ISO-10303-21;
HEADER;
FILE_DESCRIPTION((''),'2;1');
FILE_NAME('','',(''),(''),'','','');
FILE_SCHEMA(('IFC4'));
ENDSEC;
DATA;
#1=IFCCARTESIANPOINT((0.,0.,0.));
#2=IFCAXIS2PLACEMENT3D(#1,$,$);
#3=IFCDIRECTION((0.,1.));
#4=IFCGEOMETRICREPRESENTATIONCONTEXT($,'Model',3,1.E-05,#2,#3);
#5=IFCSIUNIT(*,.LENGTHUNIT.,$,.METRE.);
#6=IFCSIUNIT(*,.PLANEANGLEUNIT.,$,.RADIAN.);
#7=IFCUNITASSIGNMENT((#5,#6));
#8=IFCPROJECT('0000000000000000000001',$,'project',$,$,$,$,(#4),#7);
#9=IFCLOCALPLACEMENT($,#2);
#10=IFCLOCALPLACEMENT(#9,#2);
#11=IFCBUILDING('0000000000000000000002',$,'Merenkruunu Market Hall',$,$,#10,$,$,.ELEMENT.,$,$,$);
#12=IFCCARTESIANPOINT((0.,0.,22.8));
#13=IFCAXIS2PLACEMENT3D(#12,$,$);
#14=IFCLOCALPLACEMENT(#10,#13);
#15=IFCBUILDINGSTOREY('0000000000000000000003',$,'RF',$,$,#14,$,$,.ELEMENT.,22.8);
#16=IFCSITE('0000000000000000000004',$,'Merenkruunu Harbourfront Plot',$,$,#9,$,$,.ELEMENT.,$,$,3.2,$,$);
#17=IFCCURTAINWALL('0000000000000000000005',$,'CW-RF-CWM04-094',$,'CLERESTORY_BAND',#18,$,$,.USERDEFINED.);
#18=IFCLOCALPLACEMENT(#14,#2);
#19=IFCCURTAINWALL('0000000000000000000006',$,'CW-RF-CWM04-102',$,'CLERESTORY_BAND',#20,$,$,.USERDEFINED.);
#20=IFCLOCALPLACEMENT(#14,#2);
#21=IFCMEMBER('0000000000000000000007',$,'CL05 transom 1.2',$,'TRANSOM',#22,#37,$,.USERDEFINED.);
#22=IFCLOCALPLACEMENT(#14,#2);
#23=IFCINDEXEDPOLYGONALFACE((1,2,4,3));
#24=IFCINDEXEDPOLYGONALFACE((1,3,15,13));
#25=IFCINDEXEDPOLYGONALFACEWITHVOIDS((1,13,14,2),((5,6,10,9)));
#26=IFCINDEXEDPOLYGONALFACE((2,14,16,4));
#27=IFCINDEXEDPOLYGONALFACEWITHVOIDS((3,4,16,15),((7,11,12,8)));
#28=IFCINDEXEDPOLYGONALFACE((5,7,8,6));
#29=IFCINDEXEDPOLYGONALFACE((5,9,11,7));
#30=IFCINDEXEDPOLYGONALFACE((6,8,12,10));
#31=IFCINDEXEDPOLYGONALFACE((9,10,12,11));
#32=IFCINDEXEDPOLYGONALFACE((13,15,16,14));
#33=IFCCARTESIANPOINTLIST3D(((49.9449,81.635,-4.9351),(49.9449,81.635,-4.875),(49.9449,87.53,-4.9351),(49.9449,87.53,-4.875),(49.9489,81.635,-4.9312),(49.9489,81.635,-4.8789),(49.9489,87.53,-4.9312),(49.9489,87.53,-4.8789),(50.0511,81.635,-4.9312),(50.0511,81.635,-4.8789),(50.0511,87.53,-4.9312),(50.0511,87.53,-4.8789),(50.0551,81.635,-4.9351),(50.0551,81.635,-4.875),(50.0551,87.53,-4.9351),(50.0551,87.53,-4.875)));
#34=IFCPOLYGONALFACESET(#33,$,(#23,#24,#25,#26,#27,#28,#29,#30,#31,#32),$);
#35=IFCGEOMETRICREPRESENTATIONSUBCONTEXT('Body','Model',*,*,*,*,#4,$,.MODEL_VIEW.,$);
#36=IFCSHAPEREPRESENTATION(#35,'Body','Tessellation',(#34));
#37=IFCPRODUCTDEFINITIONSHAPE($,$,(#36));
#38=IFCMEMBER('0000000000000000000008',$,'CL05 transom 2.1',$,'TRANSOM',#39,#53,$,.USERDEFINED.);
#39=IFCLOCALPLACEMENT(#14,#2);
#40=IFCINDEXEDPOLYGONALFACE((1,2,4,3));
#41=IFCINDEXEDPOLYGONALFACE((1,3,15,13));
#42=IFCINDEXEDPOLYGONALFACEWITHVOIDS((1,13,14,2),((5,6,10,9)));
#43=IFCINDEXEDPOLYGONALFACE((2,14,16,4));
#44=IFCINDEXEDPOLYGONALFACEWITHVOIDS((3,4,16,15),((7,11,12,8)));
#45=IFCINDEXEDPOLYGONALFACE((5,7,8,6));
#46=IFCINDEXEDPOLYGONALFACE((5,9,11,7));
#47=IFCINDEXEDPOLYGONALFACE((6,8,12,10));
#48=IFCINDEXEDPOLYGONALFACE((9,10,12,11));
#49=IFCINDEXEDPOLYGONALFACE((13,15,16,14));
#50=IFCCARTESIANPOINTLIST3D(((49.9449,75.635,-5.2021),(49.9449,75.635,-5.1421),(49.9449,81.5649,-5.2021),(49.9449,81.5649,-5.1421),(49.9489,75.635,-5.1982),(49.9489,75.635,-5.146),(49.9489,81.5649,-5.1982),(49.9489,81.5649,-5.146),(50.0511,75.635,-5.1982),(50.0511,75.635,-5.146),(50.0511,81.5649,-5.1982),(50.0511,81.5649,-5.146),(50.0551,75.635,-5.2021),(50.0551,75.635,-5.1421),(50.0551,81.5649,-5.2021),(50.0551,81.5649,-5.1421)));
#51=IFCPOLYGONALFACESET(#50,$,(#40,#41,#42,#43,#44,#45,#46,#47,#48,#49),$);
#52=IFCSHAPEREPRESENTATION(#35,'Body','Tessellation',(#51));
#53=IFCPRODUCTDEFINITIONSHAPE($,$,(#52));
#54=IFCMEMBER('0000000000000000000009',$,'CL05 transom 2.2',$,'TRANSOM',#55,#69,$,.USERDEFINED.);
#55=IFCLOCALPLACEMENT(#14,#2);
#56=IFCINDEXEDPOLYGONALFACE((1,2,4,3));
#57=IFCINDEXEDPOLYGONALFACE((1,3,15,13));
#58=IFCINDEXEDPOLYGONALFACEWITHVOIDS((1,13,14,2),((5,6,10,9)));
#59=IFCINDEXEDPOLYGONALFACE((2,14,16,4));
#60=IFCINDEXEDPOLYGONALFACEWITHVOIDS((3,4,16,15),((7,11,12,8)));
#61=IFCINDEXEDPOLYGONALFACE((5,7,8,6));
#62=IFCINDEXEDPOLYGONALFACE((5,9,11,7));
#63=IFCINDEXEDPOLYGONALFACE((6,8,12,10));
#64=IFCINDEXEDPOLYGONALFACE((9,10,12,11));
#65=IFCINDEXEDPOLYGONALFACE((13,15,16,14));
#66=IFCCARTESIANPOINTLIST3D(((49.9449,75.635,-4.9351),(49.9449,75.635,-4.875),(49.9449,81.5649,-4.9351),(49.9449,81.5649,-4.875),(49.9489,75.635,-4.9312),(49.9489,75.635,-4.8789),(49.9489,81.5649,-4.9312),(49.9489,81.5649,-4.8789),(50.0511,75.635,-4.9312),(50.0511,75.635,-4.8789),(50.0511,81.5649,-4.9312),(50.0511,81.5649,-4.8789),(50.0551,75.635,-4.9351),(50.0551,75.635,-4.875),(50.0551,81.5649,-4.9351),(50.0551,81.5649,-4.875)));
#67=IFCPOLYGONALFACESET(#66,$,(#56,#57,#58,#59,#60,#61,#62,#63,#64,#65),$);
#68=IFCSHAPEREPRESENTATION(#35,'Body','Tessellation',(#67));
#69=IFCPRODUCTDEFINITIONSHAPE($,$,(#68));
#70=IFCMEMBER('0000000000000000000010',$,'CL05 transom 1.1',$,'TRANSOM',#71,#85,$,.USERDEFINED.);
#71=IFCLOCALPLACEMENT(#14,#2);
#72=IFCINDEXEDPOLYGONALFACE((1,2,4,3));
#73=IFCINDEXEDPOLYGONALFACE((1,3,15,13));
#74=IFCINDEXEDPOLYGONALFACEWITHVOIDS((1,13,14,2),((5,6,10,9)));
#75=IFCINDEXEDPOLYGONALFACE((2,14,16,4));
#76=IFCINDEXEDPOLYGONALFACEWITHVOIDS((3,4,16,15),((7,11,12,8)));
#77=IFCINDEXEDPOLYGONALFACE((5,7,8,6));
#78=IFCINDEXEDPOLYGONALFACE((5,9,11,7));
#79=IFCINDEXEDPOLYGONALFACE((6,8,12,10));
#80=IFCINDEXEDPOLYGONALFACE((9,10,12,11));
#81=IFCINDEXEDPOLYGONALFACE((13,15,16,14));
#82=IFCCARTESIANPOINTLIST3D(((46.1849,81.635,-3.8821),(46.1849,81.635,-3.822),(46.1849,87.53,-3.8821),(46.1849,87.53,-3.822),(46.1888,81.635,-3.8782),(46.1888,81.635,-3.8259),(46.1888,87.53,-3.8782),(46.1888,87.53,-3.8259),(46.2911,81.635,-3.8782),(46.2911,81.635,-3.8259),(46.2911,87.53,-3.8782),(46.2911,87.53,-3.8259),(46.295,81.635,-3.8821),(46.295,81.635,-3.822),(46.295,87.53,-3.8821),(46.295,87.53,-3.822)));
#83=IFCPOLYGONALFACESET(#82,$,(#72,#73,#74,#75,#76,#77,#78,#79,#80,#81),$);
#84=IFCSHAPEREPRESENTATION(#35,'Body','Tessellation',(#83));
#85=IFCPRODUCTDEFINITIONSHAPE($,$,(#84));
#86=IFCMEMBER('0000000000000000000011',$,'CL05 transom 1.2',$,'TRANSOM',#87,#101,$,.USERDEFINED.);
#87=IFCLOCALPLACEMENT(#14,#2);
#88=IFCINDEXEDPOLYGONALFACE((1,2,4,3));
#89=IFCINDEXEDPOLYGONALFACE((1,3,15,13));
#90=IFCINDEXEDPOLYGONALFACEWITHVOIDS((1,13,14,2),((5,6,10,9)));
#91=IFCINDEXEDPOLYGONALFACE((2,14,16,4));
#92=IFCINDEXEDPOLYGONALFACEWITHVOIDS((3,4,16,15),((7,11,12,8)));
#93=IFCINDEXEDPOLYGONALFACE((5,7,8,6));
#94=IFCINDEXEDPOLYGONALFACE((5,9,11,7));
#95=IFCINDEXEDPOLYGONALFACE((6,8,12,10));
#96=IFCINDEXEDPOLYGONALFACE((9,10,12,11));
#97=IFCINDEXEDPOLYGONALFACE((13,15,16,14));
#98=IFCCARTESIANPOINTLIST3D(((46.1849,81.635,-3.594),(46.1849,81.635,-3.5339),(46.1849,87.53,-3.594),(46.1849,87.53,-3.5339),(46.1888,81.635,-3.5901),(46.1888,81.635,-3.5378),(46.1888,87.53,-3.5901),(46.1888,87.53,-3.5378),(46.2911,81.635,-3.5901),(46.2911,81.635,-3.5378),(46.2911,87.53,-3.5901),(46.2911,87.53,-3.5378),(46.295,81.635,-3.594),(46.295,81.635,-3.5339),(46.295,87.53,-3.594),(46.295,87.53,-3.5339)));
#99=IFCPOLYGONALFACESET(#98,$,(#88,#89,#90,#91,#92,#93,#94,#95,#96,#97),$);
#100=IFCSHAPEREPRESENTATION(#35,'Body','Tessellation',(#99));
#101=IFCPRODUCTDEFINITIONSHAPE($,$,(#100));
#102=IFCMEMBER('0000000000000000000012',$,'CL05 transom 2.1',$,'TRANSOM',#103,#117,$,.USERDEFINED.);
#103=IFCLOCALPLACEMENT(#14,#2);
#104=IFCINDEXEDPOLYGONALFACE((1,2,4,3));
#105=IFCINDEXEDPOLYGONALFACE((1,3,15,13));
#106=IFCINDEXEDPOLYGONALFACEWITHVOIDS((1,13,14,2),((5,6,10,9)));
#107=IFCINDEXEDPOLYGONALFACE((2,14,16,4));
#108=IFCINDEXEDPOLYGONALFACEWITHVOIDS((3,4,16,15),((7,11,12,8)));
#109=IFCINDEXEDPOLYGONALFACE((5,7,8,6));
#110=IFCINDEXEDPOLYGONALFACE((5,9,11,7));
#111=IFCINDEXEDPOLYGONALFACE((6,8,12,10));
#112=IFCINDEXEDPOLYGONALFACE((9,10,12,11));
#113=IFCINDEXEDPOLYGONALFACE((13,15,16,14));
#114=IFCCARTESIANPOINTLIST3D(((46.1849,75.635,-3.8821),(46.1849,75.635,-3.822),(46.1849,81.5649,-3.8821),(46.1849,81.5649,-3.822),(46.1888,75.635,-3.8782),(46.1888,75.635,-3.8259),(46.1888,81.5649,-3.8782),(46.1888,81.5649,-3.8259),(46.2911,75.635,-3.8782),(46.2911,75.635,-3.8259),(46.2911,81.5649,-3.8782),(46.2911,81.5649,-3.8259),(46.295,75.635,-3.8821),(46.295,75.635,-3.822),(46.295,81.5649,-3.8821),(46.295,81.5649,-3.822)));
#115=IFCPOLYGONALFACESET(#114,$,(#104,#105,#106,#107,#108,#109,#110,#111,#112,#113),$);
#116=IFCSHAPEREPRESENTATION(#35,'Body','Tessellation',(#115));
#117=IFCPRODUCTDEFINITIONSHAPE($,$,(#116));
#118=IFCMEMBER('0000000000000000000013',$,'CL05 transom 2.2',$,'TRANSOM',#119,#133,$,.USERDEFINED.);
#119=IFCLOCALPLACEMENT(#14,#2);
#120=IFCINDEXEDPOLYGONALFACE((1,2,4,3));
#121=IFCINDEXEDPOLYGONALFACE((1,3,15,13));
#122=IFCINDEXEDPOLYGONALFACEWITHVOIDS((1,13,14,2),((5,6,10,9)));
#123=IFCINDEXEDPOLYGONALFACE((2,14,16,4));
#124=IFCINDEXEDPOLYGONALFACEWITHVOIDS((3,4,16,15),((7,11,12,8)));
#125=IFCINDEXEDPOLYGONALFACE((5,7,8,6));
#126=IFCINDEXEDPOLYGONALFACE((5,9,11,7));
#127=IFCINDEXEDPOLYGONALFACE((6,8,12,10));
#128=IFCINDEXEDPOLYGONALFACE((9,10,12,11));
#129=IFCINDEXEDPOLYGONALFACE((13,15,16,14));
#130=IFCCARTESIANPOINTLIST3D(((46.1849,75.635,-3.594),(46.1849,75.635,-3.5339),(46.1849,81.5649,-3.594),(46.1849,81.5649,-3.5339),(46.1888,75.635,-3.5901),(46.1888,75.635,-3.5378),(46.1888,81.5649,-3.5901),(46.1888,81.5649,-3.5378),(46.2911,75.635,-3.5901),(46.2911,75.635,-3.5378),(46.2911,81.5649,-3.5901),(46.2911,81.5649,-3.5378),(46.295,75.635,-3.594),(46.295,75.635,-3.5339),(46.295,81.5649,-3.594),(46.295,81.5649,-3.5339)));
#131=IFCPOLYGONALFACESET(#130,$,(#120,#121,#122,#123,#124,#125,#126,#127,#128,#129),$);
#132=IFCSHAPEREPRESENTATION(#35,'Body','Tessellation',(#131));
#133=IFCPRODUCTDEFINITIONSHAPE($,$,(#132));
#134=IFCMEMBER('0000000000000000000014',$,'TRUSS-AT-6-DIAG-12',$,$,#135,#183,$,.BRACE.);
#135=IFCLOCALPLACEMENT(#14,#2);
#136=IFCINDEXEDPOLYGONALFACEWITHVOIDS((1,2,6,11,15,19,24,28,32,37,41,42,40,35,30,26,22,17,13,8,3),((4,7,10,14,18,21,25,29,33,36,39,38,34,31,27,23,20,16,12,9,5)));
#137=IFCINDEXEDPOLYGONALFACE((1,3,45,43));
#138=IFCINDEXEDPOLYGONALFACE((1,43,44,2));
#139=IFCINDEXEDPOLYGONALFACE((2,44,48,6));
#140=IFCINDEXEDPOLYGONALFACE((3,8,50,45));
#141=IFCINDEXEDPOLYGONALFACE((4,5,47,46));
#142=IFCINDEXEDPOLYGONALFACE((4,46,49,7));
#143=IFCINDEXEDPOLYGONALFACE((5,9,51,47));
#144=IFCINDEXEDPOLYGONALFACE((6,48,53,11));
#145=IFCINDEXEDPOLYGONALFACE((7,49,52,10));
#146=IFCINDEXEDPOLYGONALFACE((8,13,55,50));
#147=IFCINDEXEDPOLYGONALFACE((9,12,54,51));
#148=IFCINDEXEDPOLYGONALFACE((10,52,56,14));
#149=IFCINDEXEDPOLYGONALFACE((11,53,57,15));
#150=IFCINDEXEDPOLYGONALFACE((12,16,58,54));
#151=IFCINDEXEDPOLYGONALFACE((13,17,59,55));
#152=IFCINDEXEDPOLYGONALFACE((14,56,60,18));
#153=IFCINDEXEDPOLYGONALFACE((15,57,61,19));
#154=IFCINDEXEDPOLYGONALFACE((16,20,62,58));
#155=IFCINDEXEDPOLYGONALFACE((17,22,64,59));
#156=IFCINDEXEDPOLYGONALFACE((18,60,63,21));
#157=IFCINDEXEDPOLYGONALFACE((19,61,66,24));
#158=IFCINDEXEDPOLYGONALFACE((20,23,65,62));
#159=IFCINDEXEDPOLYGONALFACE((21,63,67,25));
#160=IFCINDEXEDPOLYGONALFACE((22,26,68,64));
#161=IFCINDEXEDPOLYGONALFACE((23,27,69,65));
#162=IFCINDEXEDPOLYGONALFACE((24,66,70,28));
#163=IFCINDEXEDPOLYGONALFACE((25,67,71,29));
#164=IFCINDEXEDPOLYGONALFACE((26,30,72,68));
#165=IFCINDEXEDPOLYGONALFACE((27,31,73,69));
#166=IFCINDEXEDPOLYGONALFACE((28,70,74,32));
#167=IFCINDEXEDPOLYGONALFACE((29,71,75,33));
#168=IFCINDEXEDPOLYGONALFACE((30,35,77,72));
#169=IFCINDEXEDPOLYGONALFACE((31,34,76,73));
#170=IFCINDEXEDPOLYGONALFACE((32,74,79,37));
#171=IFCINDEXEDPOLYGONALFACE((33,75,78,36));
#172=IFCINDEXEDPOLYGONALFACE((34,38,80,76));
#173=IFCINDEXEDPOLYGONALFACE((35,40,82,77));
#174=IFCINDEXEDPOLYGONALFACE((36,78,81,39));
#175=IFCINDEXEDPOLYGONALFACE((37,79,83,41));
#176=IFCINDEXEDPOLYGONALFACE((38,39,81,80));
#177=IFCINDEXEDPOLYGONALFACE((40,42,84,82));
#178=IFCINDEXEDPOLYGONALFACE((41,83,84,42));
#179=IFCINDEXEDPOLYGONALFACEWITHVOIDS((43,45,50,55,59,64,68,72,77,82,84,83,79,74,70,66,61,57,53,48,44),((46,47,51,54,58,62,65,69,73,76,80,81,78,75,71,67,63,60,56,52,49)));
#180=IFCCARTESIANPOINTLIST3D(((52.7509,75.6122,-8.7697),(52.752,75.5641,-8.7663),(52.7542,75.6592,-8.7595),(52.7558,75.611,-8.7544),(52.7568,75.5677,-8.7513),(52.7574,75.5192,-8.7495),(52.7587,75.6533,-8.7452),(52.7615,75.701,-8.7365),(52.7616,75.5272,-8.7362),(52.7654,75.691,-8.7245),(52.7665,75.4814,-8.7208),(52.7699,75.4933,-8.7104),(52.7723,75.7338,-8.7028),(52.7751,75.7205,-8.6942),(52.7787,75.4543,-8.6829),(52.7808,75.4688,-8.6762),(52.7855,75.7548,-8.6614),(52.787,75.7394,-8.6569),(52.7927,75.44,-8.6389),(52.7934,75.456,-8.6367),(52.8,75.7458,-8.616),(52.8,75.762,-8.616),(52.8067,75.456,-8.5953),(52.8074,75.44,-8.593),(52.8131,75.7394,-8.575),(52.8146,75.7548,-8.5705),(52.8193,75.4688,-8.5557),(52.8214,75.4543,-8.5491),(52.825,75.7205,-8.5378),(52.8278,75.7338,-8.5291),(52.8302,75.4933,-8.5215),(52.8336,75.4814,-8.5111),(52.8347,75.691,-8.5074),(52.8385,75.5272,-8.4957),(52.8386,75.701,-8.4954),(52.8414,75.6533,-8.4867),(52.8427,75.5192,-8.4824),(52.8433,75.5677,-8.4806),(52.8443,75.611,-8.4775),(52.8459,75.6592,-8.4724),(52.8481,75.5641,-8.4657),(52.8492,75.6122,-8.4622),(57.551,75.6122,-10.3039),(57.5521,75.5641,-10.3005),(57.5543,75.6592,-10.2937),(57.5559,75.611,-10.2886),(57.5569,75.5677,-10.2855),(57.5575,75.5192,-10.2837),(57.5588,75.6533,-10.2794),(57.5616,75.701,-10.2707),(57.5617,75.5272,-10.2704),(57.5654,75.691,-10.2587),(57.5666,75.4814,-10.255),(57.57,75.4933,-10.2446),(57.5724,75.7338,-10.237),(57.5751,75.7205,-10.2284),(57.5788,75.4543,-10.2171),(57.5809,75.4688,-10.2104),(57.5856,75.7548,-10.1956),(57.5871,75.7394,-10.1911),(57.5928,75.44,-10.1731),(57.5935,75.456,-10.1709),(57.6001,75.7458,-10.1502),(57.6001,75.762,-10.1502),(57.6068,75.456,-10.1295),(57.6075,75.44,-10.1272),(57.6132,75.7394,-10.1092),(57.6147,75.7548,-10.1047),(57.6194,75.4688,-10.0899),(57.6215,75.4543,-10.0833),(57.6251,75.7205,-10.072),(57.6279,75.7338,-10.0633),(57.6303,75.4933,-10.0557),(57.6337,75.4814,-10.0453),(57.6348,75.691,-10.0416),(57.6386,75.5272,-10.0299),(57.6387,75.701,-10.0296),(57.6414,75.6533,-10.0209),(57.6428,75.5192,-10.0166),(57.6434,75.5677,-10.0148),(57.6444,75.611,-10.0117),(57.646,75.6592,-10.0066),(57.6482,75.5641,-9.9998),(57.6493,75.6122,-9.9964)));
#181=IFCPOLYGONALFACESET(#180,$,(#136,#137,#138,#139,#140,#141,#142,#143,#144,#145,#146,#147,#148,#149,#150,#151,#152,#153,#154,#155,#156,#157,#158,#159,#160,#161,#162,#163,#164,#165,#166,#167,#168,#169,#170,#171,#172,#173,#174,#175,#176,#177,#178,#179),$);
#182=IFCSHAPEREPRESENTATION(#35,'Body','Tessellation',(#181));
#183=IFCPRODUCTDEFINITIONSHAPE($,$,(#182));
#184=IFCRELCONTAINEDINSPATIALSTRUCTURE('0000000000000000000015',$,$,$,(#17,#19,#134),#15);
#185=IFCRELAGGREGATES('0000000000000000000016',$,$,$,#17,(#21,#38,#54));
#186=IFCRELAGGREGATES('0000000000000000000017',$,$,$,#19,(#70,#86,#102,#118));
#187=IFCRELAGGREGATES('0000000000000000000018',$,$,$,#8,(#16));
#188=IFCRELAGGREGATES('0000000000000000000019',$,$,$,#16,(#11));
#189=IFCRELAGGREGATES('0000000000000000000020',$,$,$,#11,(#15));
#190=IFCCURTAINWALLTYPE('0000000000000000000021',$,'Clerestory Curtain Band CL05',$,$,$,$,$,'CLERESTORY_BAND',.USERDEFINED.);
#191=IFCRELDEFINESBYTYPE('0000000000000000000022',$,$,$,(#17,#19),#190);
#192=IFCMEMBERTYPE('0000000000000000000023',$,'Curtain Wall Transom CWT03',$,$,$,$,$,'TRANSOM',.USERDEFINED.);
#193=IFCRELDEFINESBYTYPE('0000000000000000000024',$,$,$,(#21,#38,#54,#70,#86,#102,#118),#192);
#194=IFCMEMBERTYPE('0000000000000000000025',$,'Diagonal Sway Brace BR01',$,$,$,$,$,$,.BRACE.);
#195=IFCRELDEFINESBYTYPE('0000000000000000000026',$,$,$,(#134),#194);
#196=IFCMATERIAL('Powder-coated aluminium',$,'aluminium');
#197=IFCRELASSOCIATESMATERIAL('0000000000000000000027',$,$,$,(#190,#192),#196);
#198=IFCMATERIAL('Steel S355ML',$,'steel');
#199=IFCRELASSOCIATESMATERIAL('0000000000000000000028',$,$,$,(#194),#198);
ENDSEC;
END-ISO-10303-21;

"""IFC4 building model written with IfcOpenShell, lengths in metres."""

from ifc_helpers import new_model, si_unit, direction, frame, origin, origin_2d, place, context, subcontext, project, spatial, hollow_rectangle, hollow_circle, extrude, material, material_profile, profile_set, type_object, element, aggregate, save


model = new_model("IFC4")

# Units and contexts
model_context = context("Model", 3, precision=1e-05, world=origin(), true_north=direction((0.0, 1.0)))
body_context = subcontext(model_context, "Body", "Model", "MODEL_VIEW")
ifc_project = project(units=[si_unit("LENGTHUNIT", "METRE"), si_unit("PLANEANGLEUNIT", "RADIAN")], contexts=[model_context])

# Site, building, storey
site_placement = place(None, origin())
site = spatial("IfcSite", under=ifc_project, at=site_placement, Name="Merenkruunu Harbourfront Plot", CompositionType="ELEMENT", RefElevation=3.2)
building_placement = place(site_placement, origin())
building = spatial("IfcBuilding", under=site, at=building_placement, Name="Merenkruunu Market Hall", CompositionType="ELEMENT")
storey_placement = place(building_placement, frame((0.0, 0.0, 22.8)))
storey = spatial("IfcBuildingStorey", under=building, at=storey_placement, Name="RF", CompositionType="ELEMENT", Elevation=22.8)

# Shared definitions
ifc_material_1 = material(Name="Steel S355ML", Category="steel")

# Curtain wall
ifc_material_2 = material(Name="Powder-coated aluminium", Category="aluminium")
curtain_wall_type = type_object("IfcCurtainWallType", Name="Clerestory Curtain Band CL05", ElementType="CLERESTORY_BAND", PredefinedType="USERDEFINED", material=ifc_material_2)
curtain_wall_1_placement = place(storey_placement, origin())
curtain_wall_1 = element("IfcCurtainWall", 1, at=curtain_wall_1_placement, inside=storey, type_object=curtain_wall_type, Name="CW-RF-CWM04-094", ObjectType="CLERESTORY_BAND", PredefinedType="USERDEFINED")

# Curtain wall
curtain_wall_2_placement = place(storey_placement, origin())
curtain_wall_2 = element("IfcCurtainWall", 2, at=curtain_wall_2_placement, inside=storey, type_object=curtain_wall_type, Name="CW-RF-CWM04-102", ObjectType="CLERESTORY_BAND", PredefinedType="USERDEFINED")

# Members
ifc_material_profile_1 = material_profile(ifc_material_2, hollow_rectangle(XDim=0.0601, YDim=0.1101, WallThickness=0.0039, at=origin_2d()), Name="ALU 60x110x4")
ifc_profile_set_1 = profile_set([ifc_material_profile_1], Name="Powder-coated aluminium")
member_type_1 = type_object("IfcMemberType", Name="Curtain Wall Transom CWT03", ElementType="TRANSOM", PredefinedType="USERDEFINED", material=ifc_profile_set_1)
member_1_placement = place(storey_placement, frame((50.0, 87.53, -4.905), z_axis=(0.0, -1.0, 0.0), x_axis=(0.0, 0.0, 1.0)))
member_1 = element("IfcMember", 3, at=member_1_placement, type_object=member_type_1, Name="CL05 transom 1.2", ObjectType="TRANSOM", PredefinedType="USERDEFINED", context=body_context, shape_type="SweptSolid", body=[
    extrude(hollow_rectangle(XDim=0.0601, YDim=0.1101, WallThickness=0.0039, at=origin_2d()), origin(), (0.0, 0.0, 1.0), 5.895),
])
member_2_placement = place(storey_placement, frame((50.0, 81.5649, -5.1721), z_axis=(0.0, -1.0, 0.0), x_axis=(0.0, 0.0, 1.0)))
member_2 = element("IfcMember", 4, at=member_2_placement, type_object=member_type_1, Name="CL05 transom 2.1", ObjectType="TRANSOM", PredefinedType="USERDEFINED", context=body_context, shape_type="SweptSolid", body=[
    extrude(hollow_rectangle(XDim=0.0601, YDim=0.1101, WallThickness=0.0039, at=origin_2d()), origin(), (0.0, 0.0, 1.0), 5.9299),
])
member_3_placement = place(storey_placement, frame((50.0, 81.5649, -4.905), z_axis=(0.0, -1.0, 0.0), x_axis=(0.0, 0.0, 1.0)))
member_3 = element("IfcMember", 5, at=member_3_placement, type_object=member_type_1, Name="CL05 transom 2.2", ObjectType="TRANSOM", PredefinedType="USERDEFINED", context=body_context, shape_type="SweptSolid", body=[
    extrude(hollow_rectangle(XDim=0.0601, YDim=0.1101, WallThickness=0.0039, at=origin_2d()), origin(), (0.0, 0.0, 1.0), 5.9299),
])
member_4_placement = place(storey_placement, frame((46.24, 87.53, -3.8521), z_axis=(0.0, -1.0, 0.0), x_axis=(0.0, 0.0, 1.0)))
member_4 = element("IfcMember", 6, at=member_4_placement, type_object=member_type_1, Name="CL05 transom 1.1", ObjectType="TRANSOM", PredefinedType="USERDEFINED", context=body_context, shape_type="SweptSolid", body=[
    extrude(hollow_rectangle(XDim=0.0601, YDim=0.1101, WallThickness=0.0039, at=origin_2d()), origin(), (0.0, 0.0, 1.0), 5.895),
])
member_5_placement = place(storey_placement, frame((46.24, 87.53, -3.564), z_axis=(0.0, -1.0, 0.0), x_axis=(0.0, 0.0, 1.0)))
member_5 = element("IfcMember", 7, at=member_5_placement, type_object=member_type_1, Name="CL05 transom 1.2", ObjectType="TRANSOM", PredefinedType="USERDEFINED", context=body_context, shape_type="SweptSolid", body=[
    extrude(hollow_rectangle(XDim=0.0601, YDim=0.1101, WallThickness=0.0039, at=origin_2d()), origin(), (0.0, 0.0, 1.0), 5.895),
])
member_6_placement = place(storey_placement, frame((46.24, 81.5649, -3.8521), z_axis=(0.0, -1.0, 0.0), x_axis=(0.0, 0.0, 1.0)))
member_6 = element("IfcMember", 8, at=member_6_placement, type_object=member_type_1, Name="CL05 transom 2.1", ObjectType="TRANSOM", PredefinedType="USERDEFINED", context=body_context, shape_type="SweptSolid", body=[
    extrude(hollow_rectangle(XDim=0.0601, YDim=0.1101, WallThickness=0.0039, at=origin_2d()), origin(), (0.0, 0.0, 1.0), 5.9299),
])
member_7_placement = place(storey_placement, frame((46.24, 81.5649, -3.564), z_axis=(0.0, -1.0, 0.0), x_axis=(0.0, 0.0, 1.0)))
member_7 = element("IfcMember", 9, at=member_7_placement, type_object=member_type_1, Name="CL05 transom 2.2", ObjectType="TRANSOM", PredefinedType="USERDEFINED", context=body_context, shape_type="SweptSolid", body=[
    extrude(hollow_rectangle(XDim=0.0601, YDim=0.1101, WallThickness=0.0039, at=origin_2d()), origin(), (0.0, 0.0, 1.0), 5.9299),
])

# Member
ifc_material_profile_2 = material_profile(ifc_material_1, hollow_circle(Radius=0.1619, WallThickness=0.0161, at=origin_2d()), Name="CHS 323.9x16")
ifc_profile_set_2 = profile_set([ifc_material_profile_2], Name="Steel S355ML")
member_type_2 = type_object("IfcMemberType", Name="Diagonal Sway Brace BR01", PredefinedType="BRACE", material=ifc_profile_set_2)
member_8_placement = place(storey_placement, frame((52.8, 75.6001, -8.616), z_axis=(0.95253, 0.0, -0.304445), x_axis=(0.0, 1.0, 0.0)))
element("IfcMember", 10, at=member_8_placement, inside=storey, type_object=member_type_2, Name="TRUSS-AT-6-DIAG-12", PredefinedType="BRACE", context=body_context, shape_type="SweptSolid", body=[
    extrude(hollow_circle(Radius=0.1619, WallThickness=0.0161, at=origin_2d()), origin(), (0.0, 0.0, 1.0), 5.0393),
])

aggregate(curtain_wall_1, [member_1, member_2, member_3])
aggregate(curtain_wall_2, [member_4, member_5, member_6, member_7])

save(model, "model.ifc")
